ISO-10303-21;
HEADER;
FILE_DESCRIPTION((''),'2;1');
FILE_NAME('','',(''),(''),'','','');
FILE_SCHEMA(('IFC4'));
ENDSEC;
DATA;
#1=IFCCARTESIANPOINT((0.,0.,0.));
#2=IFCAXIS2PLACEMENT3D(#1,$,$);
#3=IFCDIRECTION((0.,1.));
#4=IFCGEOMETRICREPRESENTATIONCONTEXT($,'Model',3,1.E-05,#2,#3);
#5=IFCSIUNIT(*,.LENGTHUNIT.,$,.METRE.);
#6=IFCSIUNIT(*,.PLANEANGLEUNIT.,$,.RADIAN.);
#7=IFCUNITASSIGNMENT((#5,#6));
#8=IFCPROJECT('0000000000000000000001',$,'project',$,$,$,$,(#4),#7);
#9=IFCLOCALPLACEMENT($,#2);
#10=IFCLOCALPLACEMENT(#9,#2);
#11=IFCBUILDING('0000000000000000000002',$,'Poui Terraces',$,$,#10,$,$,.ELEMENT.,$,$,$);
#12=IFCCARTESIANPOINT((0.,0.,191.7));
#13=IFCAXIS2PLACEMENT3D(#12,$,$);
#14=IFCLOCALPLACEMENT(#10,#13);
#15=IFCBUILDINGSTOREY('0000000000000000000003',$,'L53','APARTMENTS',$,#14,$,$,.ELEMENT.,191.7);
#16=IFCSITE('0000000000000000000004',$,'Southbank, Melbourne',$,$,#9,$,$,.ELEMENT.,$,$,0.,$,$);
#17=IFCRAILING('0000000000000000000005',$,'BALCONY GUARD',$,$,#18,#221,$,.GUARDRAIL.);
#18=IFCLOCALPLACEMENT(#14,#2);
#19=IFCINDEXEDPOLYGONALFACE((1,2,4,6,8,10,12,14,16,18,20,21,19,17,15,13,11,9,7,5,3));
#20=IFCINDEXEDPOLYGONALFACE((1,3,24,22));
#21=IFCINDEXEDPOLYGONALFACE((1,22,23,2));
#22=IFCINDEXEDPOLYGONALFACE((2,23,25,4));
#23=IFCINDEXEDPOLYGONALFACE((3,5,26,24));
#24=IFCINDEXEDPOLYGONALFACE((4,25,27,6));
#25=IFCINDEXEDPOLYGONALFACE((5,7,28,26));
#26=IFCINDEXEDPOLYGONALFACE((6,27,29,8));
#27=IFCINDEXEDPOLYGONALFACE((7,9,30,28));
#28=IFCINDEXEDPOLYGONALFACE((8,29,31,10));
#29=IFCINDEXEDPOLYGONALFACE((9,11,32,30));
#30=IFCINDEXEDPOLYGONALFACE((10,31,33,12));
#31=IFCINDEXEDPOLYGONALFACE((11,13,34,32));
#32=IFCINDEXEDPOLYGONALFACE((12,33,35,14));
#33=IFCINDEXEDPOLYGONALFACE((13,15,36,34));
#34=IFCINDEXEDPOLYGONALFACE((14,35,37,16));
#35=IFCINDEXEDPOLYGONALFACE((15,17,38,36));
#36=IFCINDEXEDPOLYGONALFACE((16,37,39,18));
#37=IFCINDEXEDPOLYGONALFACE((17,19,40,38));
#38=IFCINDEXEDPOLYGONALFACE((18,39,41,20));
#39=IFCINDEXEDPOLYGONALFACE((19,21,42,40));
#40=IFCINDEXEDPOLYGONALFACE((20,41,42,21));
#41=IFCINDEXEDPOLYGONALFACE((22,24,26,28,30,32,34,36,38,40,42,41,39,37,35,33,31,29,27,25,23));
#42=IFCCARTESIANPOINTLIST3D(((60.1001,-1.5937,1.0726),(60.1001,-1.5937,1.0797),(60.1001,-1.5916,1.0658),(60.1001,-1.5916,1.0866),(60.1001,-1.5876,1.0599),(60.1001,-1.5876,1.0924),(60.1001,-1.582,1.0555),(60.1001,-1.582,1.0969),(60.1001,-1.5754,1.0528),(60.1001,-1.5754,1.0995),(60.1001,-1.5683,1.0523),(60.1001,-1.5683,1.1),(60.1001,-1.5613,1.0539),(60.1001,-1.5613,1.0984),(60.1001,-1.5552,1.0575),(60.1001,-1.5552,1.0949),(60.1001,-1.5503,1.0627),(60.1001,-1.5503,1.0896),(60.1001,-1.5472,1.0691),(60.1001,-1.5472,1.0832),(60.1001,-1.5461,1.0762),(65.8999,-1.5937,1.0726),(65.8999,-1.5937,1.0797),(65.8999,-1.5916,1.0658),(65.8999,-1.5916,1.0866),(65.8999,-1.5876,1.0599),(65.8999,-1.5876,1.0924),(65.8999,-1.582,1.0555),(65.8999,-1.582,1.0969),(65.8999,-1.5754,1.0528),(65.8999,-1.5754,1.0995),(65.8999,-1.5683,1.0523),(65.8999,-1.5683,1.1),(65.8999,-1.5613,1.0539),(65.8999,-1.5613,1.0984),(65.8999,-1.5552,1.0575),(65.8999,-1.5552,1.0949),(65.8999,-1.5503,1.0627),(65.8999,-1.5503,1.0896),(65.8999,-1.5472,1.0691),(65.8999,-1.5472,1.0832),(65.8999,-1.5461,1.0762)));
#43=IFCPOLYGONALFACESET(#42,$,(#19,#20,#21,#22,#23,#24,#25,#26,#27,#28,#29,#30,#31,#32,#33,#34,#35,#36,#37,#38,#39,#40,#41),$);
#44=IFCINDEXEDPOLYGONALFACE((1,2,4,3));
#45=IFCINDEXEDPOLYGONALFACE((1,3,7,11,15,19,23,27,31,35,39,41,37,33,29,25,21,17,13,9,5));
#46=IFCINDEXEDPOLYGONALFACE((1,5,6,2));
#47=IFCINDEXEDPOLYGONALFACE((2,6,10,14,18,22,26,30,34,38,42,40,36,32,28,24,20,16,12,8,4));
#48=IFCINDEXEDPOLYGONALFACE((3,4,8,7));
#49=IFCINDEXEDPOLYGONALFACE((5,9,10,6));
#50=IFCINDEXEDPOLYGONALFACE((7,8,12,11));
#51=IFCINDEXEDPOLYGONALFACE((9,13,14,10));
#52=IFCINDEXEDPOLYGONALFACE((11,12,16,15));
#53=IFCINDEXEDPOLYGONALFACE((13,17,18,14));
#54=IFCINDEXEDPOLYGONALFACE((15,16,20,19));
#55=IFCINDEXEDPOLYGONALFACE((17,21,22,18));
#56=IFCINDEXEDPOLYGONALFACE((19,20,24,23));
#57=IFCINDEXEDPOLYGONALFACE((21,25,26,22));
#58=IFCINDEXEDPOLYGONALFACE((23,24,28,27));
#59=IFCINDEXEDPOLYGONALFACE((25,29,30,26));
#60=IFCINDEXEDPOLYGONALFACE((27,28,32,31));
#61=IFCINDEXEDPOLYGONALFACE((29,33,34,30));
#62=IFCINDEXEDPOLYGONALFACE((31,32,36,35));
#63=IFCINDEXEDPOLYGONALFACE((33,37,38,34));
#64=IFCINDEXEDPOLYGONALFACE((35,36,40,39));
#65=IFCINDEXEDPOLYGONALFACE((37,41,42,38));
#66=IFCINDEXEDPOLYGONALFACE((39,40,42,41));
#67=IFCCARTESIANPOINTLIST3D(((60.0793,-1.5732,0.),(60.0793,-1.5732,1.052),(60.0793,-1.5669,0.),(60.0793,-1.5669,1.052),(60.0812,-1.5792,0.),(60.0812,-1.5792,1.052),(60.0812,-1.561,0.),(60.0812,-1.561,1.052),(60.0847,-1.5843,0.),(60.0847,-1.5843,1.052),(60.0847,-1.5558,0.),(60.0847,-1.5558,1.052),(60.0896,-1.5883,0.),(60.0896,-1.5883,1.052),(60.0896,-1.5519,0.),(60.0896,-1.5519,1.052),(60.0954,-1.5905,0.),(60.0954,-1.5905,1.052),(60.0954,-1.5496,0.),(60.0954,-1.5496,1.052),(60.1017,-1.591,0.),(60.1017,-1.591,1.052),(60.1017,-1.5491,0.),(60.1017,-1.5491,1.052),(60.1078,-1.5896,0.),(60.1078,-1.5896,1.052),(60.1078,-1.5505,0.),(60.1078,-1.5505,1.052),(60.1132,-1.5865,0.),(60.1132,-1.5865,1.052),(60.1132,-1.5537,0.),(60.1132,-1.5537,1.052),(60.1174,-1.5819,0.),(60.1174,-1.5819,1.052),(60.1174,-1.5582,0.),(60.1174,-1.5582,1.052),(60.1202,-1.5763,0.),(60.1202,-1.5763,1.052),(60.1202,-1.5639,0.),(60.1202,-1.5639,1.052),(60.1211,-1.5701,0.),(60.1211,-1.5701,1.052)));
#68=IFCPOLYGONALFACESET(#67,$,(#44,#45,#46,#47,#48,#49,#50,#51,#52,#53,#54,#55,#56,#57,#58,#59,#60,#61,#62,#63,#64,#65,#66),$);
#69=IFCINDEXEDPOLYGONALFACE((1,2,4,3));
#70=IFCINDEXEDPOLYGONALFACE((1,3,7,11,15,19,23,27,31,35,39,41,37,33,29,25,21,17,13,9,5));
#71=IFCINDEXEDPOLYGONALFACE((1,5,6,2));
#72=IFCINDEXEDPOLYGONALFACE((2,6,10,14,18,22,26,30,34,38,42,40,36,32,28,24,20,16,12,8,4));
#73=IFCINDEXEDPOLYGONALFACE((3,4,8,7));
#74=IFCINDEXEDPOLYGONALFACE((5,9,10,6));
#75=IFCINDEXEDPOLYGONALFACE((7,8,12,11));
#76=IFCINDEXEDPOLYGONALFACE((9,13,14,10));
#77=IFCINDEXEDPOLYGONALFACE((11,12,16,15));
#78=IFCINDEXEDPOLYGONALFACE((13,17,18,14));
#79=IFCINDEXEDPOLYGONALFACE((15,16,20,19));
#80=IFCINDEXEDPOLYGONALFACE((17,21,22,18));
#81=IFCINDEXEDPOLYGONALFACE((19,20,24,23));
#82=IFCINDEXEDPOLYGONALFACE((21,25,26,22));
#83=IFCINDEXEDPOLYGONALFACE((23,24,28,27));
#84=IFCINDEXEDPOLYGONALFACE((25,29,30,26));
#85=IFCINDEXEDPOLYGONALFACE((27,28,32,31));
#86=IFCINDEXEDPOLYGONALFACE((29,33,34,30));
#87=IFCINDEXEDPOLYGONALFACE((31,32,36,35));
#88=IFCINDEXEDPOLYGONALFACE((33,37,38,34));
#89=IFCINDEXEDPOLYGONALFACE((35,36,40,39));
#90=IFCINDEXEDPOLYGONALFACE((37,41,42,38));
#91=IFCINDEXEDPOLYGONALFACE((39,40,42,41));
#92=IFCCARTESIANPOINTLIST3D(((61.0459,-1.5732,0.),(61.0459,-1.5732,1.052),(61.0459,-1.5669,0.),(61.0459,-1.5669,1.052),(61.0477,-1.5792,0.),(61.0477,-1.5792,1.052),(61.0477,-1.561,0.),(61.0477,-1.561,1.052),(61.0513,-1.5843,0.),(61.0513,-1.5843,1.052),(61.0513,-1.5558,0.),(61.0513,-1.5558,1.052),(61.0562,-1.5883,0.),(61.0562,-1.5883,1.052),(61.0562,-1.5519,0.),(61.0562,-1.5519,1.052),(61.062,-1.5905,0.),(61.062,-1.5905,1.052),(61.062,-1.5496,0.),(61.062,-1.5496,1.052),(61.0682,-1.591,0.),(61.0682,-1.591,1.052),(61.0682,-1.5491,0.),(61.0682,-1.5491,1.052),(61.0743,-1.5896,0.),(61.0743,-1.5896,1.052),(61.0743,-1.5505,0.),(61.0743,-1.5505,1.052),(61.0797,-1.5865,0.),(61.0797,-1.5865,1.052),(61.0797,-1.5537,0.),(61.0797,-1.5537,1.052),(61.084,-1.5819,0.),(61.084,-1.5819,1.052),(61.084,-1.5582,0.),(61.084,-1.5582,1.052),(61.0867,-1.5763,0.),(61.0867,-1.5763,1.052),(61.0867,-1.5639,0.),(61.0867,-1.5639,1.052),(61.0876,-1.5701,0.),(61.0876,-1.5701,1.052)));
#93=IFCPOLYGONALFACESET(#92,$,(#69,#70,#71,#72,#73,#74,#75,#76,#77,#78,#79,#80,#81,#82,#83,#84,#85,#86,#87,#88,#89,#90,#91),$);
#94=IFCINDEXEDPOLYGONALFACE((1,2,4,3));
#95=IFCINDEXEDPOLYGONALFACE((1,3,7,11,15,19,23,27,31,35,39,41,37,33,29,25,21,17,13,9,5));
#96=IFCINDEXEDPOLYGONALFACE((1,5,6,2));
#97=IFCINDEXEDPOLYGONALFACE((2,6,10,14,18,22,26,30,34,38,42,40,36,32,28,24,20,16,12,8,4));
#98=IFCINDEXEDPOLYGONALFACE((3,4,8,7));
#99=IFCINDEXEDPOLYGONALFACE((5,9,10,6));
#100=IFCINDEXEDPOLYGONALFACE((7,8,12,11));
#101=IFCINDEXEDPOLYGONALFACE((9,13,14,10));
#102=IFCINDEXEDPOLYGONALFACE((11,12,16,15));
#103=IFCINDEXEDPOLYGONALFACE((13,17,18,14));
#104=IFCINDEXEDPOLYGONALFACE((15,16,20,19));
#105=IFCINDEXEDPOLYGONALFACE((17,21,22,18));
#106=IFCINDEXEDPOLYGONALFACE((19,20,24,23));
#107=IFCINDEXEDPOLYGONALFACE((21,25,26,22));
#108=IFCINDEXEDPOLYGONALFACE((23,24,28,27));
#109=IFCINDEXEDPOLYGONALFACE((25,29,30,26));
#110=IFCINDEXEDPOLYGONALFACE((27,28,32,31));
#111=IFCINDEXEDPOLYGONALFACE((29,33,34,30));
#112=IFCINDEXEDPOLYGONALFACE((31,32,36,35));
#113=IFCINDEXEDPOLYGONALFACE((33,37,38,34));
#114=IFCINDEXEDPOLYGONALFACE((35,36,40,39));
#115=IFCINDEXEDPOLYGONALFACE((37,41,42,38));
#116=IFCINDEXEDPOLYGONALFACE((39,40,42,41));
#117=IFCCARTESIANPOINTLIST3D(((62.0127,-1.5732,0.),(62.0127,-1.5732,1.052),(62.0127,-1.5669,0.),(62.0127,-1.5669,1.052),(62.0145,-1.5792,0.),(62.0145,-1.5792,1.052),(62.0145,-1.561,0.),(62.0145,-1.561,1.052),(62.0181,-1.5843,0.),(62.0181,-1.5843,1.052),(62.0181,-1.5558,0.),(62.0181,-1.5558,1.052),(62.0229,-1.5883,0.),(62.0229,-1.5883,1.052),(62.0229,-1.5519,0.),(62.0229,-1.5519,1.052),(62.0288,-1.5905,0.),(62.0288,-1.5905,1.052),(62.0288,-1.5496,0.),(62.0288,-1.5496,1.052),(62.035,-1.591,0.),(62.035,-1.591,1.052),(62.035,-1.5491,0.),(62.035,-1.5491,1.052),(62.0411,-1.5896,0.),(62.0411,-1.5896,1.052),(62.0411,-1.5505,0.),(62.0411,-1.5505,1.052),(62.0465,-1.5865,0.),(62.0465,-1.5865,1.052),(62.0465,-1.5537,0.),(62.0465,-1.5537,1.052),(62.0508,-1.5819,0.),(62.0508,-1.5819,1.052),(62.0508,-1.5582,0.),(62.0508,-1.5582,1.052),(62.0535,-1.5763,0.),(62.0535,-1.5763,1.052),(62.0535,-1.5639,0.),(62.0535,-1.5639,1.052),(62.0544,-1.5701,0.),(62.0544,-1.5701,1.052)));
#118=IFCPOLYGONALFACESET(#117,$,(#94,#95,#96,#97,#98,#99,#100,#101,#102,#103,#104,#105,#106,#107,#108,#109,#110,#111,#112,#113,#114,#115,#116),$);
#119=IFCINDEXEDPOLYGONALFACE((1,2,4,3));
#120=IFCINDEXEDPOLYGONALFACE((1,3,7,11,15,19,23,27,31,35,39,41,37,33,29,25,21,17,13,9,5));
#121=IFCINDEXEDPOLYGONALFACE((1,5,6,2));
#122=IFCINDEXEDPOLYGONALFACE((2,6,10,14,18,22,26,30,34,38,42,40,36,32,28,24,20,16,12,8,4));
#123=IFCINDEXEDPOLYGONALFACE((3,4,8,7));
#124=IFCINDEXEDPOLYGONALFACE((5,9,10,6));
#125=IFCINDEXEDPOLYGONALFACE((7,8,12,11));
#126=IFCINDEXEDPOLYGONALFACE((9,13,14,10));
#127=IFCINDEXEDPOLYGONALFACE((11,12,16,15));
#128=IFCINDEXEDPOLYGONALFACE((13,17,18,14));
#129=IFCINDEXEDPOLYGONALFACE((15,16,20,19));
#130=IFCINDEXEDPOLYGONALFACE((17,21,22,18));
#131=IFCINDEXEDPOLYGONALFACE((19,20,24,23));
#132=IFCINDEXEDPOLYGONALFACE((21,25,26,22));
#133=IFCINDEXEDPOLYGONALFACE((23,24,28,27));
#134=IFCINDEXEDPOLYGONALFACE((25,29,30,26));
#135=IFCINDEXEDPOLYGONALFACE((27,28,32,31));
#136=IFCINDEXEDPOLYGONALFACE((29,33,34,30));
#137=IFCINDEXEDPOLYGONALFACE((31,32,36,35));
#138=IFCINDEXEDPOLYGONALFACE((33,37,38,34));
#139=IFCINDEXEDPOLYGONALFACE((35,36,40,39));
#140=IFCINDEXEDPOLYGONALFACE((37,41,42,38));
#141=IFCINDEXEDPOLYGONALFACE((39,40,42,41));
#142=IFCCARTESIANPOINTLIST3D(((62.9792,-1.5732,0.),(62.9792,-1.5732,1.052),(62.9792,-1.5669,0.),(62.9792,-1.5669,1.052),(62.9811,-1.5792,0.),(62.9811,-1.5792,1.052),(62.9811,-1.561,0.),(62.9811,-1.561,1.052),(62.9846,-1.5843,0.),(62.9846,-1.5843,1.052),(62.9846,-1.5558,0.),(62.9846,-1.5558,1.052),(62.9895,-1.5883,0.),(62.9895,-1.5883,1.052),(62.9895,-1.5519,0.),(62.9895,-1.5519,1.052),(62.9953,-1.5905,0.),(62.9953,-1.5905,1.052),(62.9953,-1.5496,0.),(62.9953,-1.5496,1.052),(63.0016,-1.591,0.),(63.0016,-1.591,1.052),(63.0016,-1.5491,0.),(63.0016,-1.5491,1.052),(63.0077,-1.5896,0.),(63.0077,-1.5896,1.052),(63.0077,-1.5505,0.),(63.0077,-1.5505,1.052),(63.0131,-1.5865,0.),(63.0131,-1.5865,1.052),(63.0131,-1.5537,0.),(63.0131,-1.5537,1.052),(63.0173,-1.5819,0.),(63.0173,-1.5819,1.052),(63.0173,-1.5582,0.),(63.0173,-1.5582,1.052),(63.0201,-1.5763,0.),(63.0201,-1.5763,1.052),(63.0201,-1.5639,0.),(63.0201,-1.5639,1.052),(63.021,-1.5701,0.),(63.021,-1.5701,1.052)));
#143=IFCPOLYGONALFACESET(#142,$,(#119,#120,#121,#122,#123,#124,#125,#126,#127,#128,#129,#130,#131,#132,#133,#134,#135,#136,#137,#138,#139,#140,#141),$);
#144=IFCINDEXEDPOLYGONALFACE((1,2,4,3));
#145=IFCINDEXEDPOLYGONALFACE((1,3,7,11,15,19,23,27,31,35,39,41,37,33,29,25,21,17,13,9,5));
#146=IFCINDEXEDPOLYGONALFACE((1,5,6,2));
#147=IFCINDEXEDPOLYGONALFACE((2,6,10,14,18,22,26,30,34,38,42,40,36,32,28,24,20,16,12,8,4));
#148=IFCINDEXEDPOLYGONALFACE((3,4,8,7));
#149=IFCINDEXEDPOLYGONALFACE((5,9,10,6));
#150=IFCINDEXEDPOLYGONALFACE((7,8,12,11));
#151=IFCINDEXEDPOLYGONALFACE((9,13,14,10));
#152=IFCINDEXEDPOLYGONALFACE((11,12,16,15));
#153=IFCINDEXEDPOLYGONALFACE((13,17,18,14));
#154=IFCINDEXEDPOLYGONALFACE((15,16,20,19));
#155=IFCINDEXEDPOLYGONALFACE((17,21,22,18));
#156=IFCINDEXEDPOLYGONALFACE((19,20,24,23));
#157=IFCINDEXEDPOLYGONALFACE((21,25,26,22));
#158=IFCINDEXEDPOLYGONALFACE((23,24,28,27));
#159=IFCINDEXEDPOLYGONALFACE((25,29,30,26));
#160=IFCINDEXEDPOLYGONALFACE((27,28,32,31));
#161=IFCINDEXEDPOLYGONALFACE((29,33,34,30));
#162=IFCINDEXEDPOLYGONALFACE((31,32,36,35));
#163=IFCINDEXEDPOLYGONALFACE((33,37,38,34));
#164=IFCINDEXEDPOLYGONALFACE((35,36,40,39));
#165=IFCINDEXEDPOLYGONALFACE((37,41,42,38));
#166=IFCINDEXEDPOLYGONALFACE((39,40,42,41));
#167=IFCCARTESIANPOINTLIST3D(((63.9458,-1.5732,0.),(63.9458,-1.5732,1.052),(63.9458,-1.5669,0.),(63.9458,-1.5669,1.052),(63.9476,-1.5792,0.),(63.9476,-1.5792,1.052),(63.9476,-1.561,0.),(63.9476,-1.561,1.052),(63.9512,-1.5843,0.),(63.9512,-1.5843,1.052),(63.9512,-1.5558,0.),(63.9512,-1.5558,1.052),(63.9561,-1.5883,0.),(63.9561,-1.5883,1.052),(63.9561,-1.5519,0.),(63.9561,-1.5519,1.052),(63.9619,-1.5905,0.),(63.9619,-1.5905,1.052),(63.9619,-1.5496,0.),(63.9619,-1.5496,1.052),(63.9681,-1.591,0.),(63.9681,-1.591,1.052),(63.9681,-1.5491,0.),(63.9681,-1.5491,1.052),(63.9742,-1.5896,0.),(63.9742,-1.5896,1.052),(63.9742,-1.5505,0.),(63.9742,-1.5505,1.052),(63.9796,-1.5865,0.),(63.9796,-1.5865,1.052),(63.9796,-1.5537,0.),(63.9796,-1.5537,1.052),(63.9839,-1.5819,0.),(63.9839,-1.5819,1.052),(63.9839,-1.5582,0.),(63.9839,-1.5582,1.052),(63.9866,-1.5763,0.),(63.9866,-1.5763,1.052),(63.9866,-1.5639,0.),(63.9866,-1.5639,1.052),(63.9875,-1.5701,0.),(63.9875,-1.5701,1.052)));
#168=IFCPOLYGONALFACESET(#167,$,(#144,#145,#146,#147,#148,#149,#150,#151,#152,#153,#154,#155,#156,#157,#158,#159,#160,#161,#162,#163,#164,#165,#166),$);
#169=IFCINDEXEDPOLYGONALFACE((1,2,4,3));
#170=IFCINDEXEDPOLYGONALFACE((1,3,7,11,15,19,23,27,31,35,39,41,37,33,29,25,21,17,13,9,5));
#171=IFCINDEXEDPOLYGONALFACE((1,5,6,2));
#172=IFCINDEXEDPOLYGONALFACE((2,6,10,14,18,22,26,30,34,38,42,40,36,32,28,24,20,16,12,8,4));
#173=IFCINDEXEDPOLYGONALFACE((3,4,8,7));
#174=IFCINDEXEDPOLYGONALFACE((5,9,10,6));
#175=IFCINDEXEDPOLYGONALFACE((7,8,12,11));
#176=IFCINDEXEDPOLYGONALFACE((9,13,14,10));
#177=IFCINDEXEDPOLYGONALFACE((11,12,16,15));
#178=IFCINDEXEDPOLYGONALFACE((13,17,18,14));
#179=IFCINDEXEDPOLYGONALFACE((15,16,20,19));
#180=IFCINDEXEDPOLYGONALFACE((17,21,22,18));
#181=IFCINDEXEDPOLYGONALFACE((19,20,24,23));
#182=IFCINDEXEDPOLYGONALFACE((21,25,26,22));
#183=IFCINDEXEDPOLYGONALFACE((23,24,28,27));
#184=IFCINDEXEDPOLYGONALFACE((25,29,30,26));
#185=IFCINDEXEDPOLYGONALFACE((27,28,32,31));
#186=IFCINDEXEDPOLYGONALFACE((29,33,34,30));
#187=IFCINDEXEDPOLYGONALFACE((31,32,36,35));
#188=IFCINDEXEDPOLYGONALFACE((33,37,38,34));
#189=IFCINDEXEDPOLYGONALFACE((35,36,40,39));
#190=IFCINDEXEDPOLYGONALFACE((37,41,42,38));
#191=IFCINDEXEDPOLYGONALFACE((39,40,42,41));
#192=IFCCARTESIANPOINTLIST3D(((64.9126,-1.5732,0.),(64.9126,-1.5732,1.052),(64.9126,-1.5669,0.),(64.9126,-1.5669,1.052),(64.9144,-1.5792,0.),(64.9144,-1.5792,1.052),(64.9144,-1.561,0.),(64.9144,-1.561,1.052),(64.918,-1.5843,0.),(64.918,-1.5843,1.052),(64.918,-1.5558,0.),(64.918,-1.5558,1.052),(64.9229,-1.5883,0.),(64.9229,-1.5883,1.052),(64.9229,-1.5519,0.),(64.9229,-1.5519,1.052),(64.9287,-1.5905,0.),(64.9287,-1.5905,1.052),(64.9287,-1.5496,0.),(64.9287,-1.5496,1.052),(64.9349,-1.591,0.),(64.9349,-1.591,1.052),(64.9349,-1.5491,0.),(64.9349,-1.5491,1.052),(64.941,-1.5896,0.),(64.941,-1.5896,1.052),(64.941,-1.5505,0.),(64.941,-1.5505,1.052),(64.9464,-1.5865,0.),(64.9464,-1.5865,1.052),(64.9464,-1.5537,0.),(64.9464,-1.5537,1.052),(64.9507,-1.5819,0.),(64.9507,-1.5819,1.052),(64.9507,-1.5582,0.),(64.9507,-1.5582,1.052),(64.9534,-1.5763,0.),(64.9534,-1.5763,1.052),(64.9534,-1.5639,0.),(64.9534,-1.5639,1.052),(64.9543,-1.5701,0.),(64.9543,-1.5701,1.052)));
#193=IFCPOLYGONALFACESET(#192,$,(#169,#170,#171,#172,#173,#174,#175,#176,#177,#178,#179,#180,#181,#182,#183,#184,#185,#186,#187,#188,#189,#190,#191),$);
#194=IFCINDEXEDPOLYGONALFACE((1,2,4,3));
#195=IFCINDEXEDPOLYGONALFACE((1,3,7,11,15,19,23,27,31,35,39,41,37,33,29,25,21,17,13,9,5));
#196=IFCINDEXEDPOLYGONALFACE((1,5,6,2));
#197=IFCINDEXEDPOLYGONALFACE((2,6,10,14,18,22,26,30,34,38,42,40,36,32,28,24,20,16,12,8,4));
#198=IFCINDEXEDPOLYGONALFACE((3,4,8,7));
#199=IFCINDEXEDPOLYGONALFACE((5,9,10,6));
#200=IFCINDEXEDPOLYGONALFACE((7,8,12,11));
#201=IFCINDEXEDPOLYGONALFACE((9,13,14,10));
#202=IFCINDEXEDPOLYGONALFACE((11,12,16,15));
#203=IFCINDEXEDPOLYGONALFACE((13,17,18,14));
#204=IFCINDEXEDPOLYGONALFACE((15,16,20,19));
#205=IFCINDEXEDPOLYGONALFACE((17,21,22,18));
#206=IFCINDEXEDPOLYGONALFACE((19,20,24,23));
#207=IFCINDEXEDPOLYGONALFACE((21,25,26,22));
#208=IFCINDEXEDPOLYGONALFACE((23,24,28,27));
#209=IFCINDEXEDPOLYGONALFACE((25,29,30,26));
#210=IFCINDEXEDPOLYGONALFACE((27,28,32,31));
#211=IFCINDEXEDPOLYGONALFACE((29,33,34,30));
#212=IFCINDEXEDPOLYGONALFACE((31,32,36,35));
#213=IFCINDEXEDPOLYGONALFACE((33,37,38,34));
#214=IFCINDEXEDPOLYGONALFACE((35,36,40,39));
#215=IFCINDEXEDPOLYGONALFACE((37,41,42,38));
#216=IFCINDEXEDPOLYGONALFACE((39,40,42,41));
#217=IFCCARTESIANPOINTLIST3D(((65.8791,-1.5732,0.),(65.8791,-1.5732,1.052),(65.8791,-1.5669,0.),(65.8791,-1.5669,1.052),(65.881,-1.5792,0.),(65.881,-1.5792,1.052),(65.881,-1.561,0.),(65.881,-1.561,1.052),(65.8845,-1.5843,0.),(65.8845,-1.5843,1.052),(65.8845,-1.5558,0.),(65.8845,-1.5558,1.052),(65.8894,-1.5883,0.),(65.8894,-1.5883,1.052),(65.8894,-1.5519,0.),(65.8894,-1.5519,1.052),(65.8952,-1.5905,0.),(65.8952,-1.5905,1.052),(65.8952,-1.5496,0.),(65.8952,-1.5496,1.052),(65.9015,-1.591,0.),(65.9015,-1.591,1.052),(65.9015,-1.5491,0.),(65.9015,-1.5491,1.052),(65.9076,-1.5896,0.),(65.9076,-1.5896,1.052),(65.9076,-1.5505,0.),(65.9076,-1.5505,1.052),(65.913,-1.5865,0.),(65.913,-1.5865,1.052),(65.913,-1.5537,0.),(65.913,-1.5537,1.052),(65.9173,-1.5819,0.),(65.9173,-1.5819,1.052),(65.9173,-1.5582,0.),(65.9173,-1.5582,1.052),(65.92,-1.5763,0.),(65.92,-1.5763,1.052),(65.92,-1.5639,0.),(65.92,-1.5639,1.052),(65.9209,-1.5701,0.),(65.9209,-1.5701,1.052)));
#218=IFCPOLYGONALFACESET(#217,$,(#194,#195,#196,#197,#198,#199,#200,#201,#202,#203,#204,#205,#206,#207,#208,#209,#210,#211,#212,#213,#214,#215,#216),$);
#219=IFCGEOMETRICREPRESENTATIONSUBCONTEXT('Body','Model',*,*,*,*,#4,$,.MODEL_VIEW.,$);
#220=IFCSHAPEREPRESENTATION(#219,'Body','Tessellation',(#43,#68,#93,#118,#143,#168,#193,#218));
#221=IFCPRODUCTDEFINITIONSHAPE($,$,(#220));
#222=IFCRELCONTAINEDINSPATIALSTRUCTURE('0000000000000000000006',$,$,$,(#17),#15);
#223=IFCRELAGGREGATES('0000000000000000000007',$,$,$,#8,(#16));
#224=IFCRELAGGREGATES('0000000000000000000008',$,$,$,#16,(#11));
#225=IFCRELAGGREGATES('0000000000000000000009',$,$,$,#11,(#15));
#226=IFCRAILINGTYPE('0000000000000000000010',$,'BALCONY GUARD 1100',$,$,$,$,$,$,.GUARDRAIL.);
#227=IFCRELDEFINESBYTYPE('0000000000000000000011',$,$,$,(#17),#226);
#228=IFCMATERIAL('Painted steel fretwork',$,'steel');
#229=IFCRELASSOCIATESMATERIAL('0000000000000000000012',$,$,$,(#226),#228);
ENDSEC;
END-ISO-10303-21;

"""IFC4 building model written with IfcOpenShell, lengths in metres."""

from ifc_helpers import new_model, si_unit, direction, frame, origin, origin_2d, place, context, subcontext, project, spatial, circle, extrude, material, type_object, element, save


model = new_model("IFC4")

# Units and contexts
model_context = context("Model", 3, precision=1e-05, world=origin(), true_north=direction((0.0, 1.0)))
body_context = subcontext(model_context, "Body", "Model", "MODEL_VIEW")
ifc_project = project(units=[si_unit("LENGTHUNIT", "METRE"), si_unit("PLANEANGLEUNIT", "RADIAN")], contexts=[model_context])

# Site, building, storey
site_placement = place(None, origin())
site = spatial("IfcSite", under=ifc_project, at=site_placement, Name="Southbank, Melbourne", CompositionType="ELEMENT", RefElevation=0.0)
building_placement = place(site_placement, origin())
building = spatial("IfcBuilding", under=site, at=building_placement, Name="Poui Terraces", CompositionType="ELEMENT")
storey_placement = place(building_placement, frame((0.0, 0.0, 191.7)))
storey = spatial("IfcBuildingStorey", under=building, at=storey_placement, Name="L53", Description="APARTMENTS", CompositionType="ELEMENT", Elevation=191.7)

# Railing
ifc_material_1 = material(Name="Painted steel fretwork", Category="steel")
railing_type = type_object("IfcRailingType", Name="BALCONY GUARD 1100", PredefinedType="GUARDRAIL", material=ifc_material_1)
railing_placement = place(storey_placement, frame((60.1001, -1.5701, 0.0)))
element("IfcRailing", 1, at=railing_placement, inside=storey, type_object=railing_type, Name="BALCONY GUARD", PredefinedType="GUARDRAIL", context=body_context, shape_type="SweptSolid", body=[
    extrude(circle(Radius=0.0239, at=origin_2d()), frame((0.0, 0.0, 1.0762), z_axis=(1.0, 0.0, 0.0), x_axis=(0.0, 1.0, 0.0)), (0.0, 0.0, 1.0), 5.7998),
    extrude(circle(Radius=0.021, at=origin_2d()), origin(), (0.0, 0.0, 1.0), 1.052),
    extrude(circle(Radius=0.021, at=origin_2d()), frame((0.9666, 0.0, 0.0)), (0.0, 0.0, 1.0), 1.052),
    extrude(circle(Radius=0.021, at=origin_2d()), frame((1.9333, 0.0, 0.0)), (0.0, 0.0, 1.0), 1.052),
    extrude(circle(Radius=0.021, at=origin_2d()), frame((2.8999, 0.0, 0.0)), (0.0, 0.0, 1.0), 1.052),
    extrude(circle(Radius=0.021, at=origin_2d()), frame((3.8665, 0.0, 0.0)), (0.0, 0.0, 1.0), 1.052),
    extrude(circle(Radius=0.021, at=origin_2d()), frame((4.8333, 0.0, 0.0)), (0.0, 0.0, 1.0), 1.052),
    extrude(circle(Radius=0.021, at=origin_2d()), frame((5.7998, 0.0, 0.0)), (0.0, 0.0, 1.0), 1.052),
])

save(model, "model.ifc")
